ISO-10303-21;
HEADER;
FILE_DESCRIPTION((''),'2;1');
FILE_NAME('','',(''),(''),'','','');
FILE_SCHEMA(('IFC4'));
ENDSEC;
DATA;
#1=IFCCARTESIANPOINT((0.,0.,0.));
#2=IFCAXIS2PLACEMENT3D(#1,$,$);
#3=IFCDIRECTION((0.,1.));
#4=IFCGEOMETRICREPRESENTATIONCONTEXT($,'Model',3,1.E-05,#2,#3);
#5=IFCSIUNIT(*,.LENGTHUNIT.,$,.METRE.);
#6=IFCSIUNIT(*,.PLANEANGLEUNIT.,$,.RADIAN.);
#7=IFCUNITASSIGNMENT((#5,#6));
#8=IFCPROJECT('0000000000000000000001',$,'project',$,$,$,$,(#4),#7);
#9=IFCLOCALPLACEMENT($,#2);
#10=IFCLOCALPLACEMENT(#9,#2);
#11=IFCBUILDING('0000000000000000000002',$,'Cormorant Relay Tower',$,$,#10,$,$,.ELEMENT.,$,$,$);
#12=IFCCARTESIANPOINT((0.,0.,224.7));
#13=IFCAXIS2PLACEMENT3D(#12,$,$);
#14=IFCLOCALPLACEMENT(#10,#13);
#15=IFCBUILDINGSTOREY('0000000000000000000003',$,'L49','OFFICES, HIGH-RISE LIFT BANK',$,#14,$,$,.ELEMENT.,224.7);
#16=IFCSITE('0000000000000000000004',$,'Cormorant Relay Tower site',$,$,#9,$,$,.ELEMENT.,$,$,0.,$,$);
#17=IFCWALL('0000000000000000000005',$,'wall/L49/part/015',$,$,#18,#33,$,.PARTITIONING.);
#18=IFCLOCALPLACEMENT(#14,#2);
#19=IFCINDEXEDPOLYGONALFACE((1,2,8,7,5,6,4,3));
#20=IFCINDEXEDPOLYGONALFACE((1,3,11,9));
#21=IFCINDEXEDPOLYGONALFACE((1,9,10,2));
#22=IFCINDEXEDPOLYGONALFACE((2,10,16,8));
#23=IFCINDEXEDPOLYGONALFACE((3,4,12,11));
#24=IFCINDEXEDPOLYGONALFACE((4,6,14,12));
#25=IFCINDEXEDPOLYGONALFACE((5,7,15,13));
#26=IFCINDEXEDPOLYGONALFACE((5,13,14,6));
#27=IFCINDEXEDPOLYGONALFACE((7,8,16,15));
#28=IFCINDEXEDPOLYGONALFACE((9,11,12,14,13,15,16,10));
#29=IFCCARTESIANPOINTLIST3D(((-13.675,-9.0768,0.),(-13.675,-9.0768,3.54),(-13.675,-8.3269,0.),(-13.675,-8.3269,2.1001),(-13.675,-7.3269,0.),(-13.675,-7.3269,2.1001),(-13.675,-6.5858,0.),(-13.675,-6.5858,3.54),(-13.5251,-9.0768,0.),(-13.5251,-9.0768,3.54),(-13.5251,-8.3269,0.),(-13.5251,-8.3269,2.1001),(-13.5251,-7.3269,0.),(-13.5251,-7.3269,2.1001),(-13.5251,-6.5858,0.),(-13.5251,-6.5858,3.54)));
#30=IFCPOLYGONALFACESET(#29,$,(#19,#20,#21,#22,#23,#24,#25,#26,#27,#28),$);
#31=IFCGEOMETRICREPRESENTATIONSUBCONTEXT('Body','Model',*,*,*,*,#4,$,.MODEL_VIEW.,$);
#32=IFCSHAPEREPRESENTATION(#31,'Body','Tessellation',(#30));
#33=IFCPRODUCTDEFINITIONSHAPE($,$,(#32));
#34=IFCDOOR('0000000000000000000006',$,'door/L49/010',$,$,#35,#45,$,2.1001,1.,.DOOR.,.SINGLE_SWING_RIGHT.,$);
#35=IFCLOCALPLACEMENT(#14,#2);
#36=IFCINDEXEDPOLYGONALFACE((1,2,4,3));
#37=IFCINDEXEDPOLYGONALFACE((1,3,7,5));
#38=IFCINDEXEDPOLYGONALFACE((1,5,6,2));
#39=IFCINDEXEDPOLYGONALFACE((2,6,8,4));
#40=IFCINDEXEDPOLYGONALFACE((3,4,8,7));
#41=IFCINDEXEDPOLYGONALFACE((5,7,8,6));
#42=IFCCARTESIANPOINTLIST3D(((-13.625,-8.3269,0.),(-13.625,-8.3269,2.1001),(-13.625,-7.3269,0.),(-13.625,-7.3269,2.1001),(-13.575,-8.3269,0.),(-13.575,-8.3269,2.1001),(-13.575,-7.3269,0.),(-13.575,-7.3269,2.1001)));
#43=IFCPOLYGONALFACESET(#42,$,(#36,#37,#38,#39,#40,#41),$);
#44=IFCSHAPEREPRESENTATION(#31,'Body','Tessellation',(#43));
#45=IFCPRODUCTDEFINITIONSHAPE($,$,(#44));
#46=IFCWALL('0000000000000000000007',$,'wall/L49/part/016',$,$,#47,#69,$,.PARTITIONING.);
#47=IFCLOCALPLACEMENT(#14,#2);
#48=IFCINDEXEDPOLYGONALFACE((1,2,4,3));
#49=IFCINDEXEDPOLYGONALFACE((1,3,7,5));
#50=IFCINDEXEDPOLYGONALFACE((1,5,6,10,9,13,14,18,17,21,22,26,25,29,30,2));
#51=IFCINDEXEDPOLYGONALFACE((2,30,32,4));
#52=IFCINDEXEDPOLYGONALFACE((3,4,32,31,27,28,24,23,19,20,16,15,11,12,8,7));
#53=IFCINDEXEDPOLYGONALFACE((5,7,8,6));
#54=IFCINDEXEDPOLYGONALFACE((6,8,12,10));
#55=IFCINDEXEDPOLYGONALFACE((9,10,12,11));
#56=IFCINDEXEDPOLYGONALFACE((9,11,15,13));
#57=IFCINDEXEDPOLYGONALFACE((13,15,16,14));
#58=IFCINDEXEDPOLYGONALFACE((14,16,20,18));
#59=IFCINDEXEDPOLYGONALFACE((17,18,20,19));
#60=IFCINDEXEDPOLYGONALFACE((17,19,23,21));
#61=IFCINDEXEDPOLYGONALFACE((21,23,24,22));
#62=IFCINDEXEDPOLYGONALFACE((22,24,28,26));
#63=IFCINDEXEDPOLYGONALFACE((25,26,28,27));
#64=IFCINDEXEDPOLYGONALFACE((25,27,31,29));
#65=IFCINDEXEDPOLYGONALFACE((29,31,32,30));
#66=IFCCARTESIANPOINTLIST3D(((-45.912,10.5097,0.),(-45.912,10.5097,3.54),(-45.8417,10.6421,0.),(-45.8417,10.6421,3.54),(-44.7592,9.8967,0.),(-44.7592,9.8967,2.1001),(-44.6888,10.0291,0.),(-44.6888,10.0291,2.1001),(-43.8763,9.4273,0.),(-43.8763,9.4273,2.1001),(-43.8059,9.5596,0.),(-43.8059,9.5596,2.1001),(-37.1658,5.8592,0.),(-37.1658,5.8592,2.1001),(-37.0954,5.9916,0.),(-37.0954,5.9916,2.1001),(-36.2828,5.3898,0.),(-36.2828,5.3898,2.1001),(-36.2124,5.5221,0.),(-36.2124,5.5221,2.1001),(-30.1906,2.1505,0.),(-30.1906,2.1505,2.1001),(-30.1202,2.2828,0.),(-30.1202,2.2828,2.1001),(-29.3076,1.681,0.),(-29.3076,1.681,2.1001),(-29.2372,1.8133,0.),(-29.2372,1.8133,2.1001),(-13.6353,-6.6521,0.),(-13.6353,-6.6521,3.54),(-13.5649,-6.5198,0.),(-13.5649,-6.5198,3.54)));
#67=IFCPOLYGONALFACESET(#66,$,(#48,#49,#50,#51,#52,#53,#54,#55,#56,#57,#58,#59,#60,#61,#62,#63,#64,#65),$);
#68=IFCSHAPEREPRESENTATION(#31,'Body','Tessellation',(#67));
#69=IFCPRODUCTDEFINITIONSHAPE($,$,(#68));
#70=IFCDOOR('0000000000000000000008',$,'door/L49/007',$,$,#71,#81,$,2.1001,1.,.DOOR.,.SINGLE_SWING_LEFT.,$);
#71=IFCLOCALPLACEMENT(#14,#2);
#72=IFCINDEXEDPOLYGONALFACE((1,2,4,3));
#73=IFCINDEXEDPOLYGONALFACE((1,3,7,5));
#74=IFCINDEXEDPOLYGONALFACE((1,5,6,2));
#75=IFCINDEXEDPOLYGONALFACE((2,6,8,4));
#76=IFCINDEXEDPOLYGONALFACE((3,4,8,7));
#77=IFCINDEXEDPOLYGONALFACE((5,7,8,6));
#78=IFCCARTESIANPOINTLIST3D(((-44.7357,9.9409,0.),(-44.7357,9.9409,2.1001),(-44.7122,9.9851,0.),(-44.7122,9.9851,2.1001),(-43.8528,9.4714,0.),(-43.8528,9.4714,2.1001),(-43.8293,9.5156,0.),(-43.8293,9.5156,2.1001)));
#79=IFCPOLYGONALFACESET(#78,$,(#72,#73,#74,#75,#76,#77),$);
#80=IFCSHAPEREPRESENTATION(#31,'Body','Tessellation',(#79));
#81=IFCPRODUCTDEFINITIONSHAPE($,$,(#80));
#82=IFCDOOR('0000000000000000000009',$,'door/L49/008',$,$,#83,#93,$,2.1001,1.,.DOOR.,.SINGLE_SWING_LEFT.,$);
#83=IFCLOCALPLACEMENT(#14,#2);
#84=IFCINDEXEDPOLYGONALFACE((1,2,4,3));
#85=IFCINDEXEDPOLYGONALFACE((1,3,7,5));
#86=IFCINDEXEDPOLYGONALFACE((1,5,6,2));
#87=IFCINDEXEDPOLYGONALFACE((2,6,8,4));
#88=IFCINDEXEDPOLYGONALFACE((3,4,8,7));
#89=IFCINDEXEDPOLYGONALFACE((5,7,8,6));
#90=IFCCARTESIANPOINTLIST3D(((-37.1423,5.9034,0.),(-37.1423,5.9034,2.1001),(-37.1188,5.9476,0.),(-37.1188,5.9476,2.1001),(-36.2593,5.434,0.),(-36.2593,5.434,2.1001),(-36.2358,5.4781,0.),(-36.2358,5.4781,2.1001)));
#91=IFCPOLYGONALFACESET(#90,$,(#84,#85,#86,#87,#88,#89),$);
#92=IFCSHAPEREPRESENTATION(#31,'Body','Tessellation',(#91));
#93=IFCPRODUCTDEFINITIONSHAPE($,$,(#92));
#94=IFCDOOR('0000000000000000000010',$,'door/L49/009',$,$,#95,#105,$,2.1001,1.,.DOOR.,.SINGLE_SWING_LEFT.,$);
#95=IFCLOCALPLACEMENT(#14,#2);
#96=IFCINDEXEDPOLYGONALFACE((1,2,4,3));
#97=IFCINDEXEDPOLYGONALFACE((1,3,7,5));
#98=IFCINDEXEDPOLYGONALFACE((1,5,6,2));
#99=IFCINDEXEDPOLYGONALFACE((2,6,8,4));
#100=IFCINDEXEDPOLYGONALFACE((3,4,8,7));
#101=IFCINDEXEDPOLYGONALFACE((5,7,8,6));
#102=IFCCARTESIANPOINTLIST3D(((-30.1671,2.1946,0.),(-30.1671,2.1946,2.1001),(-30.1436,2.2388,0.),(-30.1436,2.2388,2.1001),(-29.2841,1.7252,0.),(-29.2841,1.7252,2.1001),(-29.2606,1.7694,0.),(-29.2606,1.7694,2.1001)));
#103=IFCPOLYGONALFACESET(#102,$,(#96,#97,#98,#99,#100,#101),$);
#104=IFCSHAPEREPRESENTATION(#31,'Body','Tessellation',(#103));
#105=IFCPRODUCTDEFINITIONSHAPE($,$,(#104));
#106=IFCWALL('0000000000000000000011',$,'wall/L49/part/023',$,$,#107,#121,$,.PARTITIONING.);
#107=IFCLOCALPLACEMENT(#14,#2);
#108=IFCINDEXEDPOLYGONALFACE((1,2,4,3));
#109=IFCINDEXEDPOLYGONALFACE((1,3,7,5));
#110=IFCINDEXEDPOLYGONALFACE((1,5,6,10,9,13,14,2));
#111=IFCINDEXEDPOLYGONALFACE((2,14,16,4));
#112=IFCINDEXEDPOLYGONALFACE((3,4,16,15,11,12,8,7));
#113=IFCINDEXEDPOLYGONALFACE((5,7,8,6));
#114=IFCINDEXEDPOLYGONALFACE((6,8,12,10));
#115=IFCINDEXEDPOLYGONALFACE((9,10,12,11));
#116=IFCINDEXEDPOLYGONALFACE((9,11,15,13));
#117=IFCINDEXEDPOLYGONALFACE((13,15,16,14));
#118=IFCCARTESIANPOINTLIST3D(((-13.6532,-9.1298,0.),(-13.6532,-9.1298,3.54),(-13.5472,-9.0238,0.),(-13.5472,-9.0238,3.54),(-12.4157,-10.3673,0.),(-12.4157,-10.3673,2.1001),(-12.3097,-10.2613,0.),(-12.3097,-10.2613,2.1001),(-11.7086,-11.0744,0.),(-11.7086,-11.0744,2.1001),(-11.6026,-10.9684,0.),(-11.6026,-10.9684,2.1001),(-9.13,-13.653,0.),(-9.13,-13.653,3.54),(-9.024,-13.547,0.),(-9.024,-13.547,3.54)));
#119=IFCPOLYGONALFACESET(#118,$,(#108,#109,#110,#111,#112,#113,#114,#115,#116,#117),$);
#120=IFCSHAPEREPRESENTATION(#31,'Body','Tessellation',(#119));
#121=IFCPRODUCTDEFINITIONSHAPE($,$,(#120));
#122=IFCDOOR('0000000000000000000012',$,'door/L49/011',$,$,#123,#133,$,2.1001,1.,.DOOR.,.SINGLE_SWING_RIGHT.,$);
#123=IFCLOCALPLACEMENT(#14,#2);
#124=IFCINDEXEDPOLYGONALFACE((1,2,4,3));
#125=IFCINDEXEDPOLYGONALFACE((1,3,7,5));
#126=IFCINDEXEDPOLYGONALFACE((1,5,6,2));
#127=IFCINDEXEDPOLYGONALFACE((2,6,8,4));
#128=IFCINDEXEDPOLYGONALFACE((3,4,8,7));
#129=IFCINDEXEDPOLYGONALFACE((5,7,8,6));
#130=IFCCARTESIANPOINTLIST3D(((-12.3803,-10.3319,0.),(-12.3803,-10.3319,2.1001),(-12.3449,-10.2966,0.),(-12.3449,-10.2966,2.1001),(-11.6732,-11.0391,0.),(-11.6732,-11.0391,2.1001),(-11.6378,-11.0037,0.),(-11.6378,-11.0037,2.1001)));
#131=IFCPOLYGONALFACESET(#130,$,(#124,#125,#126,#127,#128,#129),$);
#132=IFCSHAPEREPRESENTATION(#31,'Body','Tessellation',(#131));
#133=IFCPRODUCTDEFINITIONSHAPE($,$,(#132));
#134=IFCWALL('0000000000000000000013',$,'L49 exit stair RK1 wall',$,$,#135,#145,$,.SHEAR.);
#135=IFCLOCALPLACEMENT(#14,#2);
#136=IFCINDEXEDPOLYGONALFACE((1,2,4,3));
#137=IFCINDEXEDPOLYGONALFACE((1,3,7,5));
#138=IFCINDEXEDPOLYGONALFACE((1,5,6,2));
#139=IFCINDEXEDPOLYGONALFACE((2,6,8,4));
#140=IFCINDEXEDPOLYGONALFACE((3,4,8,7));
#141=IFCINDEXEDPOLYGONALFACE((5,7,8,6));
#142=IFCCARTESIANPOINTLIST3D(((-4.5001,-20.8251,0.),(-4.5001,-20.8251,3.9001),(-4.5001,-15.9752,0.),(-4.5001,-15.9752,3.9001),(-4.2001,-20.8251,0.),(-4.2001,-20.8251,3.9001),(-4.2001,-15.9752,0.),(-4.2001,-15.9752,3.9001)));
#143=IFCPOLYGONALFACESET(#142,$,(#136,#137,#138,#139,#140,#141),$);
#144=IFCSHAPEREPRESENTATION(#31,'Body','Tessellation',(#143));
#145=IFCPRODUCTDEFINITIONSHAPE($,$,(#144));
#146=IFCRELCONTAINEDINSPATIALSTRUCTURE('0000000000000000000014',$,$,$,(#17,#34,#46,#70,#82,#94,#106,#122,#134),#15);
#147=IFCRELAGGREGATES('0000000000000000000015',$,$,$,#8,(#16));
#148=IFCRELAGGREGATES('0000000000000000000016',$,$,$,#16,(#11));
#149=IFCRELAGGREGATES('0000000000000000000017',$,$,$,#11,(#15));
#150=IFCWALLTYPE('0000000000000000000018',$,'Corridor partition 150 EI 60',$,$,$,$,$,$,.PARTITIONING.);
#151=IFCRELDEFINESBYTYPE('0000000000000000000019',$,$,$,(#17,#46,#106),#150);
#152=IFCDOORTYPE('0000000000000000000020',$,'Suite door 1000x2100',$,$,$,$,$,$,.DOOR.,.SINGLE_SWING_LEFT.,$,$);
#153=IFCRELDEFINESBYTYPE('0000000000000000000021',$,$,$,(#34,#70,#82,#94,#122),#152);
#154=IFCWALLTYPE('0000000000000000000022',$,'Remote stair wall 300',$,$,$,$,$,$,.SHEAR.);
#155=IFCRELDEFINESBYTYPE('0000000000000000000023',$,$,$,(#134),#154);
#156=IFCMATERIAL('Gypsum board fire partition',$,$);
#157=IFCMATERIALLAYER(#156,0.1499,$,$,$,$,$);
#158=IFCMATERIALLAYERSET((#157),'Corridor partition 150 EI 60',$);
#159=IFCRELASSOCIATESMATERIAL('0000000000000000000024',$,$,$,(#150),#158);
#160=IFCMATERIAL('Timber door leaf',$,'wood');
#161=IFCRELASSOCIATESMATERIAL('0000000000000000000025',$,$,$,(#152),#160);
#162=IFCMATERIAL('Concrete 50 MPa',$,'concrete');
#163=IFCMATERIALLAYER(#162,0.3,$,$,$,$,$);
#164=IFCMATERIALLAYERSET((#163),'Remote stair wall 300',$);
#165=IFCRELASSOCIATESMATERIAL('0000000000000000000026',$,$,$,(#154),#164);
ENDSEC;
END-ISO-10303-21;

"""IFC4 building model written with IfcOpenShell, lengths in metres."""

from ifc_helpers import new_model, si_unit, direction, frame, frame_2d, origin, place, context, subcontext, project, spatial, rectangle, extrude, material, layer, layer_set, type_object, element, fill, save


model = new_model("IFC4")

# Units and contexts
model_context = context("Model", 3, precision=1e-05, world=origin(), true_north=direction((0.0, 1.0)))
body_context = subcontext(model_context, "Body", "Model", "MODEL_VIEW")
ifc_project = project(units=[si_unit("LENGTHUNIT", "METRE"), si_unit("PLANEANGLEUNIT", "RADIAN")], contexts=[model_context])

# Site, building, storey
site_placement = place(None, origin())
site = spatial("IfcSite", under=ifc_project, at=site_placement, Name="Cormorant Relay Tower site", CompositionType="ELEMENT", RefElevation=0.0)
building_placement = place(site_placement, origin())
building = spatial("IfcBuilding", under=site, at=building_placement, Name="Cormorant Relay Tower", CompositionType="ELEMENT")
storey_placement = place(building_placement, frame((0.0, 0.0, 224.7)))
storey = spatial("IfcBuildingStorey", under=building, at=storey_placement, Name="L49", Description="OFFICES, HIGH-RISE LIFT BANK", CompositionType="ELEMENT", Elevation=224.7)

# Wall, opening, door
ifc_material_1 = material(Name="Gypsum board fire partition")
ifc_layer_1 = layer(ifc_material_1, 0.1499)
ifc_layer_set_1 = layer_set([ifc_layer_1], Name="Corridor partition 150 EI 60")
wall_type_1 = type_object("IfcWallType", Name="Corridor partition 150 EI 60", PredefinedType="PARTITIONING", material=ifc_layer_set_1)
wall_1_placement = place(storey_placement, frame((-13.6001, -9.0769, 0.0), z_axis=(0.0, 0.0, 1.0), x_axis=(0.0, 1.0, 0.0)))
wall_1 = element("IfcWall", 1, at=wall_1_placement, inside=storey, type_object=wall_type_1, Name="wall/L49/part/015", PredefinedType="PARTITIONING", context=body_context, shape_type="SweptSolid", body=[
    extrude(rectangle(XDim=2.491, YDim=0.1499, at=frame_2d((1.2456, 0.0))), origin(), (0.0, 0.0, 1.0), 3.54),
])
opening_1_placement = place(wall_1_placement, frame((0.75, 0.0, 0.0)))
opening_1 = element("IfcOpeningElement", 2, at=opening_1_placement, cuts=wall_1, PredefinedType="OPENING", context=body_context, shape_type="SweptSolid", body=[
    extrude(rectangle(XDim=1.0, YDim=2.1001, at=frame_2d((0.5, 1.05))), frame((0.0, 0.085, 0.0), z_axis=(0.0, -1.0, 0.0), x_axis=(1.0, 0.0, 0.0)), (0.0, 0.0, 1.0), 0.1699),
])
ifc_material_2 = material(Name="Timber door leaf", Category="wood")
door_type_1 = type_object("IfcDoorType", Name="Suite door 1000x2100", OperationType="SINGLE_SWING_LEFT", PredefinedType="DOOR", material=ifc_material_2)
door_1_placement = place(opening_1_placement, origin())
door_1 = element("IfcDoor", 3, at=door_1_placement, inside=storey, type_object=door_type_1, Name="door/L49/010", OperationType="SINGLE_SWING_RIGHT", OverallHeight=2.1001, OverallWidth=1.0, PredefinedType="DOOR", context=body_context, shape_type="SweptSolid", body=[
    extrude(rectangle(XDim=1.0, YDim=2.1001, at=frame_2d((0.5, 1.05))), frame((0.0, 0.0249, 0.0), z_axis=(0.0, -1.0, 0.0), x_axis=(1.0, 0.0, 0.0)), (0.0, 0.0, 1.0), 0.05),
])
fill(opening_1, door_1)

# Wall, openings, doors
wall_2_placement = place(storey_placement, frame((-13.6001, -6.5859, 0.0), z_axis=(0.0, 0.0, 1.0), x_axis=(-0.882948, 0.469471, 0.0)))
wall_2 = element("IfcWall", 4, at=wall_2_placement, inside=storey, type_object=wall_type_1, Name="wall/L49/part/016", PredefinedType="PARTITIONING", context=body_context, shape_type="SweptSolid", body=[
    extrude(rectangle(XDim=36.5557, YDim=0.1499, at=frame_2d((18.2778, 0.0))), origin(), (0.0, 0.0, 1.0), 3.54),
])
opening_2_placement = place(wall_2_placement, frame((34.25, 0.0, 0.0)))
opening_2 = element("IfcOpeningElement", 5, at=opening_2_placement, cuts=wall_2, PredefinedType="OPENING", context=body_context, shape_type="SweptSolid", body=[
    extrude(rectangle(XDim=1.0, YDim=2.1001, at=frame_2d((0.5, 1.05))), frame((0.0, 0.085, 0.0), z_axis=(0.0, -1.0, 0.0), x_axis=(1.0, 0.0, 0.0)), (0.0, 0.0, 1.0), 0.1699),
])
opening_3_placement = place(wall_2_placement, frame((25.6499, 0.0, 0.0)))
opening_3 = element("IfcOpeningElement", 6, at=opening_3_placement, cuts=wall_2, PredefinedType="OPENING", context=body_context, shape_type="SweptSolid", body=[
    extrude(rectangle(XDim=1.0, YDim=2.1001, at=frame_2d((0.5, 1.05))), frame((0.0, 0.085, 0.0), z_axis=(0.0, -1.0, 0.0), x_axis=(1.0, 0.0, 0.0)), (0.0, 0.0, 1.0), 0.1699),
])
opening_4_placement = place(wall_2_placement, frame((17.75, 0.0, 0.0)))
opening_4 = element("IfcOpeningElement", 7, at=opening_4_placement, cuts=wall_2, PredefinedType="OPENING", context=body_context, shape_type="SweptSolid", body=[
    extrude(rectangle(XDim=1.0, YDim=2.1001, at=frame_2d((0.5, 1.05))), frame((0.0, 0.085, 0.0), z_axis=(0.0, -1.0, 0.0), x_axis=(1.0, 0.0, 0.0)), (0.0, 0.0, 1.0), 0.1699),
])
door_2_placement = place(opening_2_placement, origin())
door_2 = element("IfcDoor", 8, at=door_2_placement, inside=storey, type_object=door_type_1, Name="door/L49/007", OperationType="SINGLE_SWING_LEFT", OverallHeight=2.1001, OverallWidth=1.0, PredefinedType="DOOR", context=body_context, shape_type="SweptSolid", body=[
    extrude(rectangle(XDim=1.0, YDim=2.1001, at=frame_2d((0.5, 1.05))), frame((0.0, 0.0249, 0.0), z_axis=(0.0, -1.0, 0.0), x_axis=(1.0, 0.0, 0.0)), (0.0, 0.0, 1.0), 0.05),
])
fill(opening_2, door_2)
door_3_placement = place(opening_3_placement, origin())
door_3 = element("IfcDoor", 9, at=door_3_placement, inside=storey, type_object=door_type_1, Name="door/L49/008", OperationType="SINGLE_SWING_LEFT", OverallHeight=2.1001, OverallWidth=1.0, PredefinedType="DOOR", context=body_context, shape_type="SweptSolid", body=[
    extrude(rectangle(XDim=1.0, YDim=2.1001, at=frame_2d((0.5, 1.05))), frame((0.0, 0.0249, 0.0), z_axis=(0.0, -1.0, 0.0), x_axis=(1.0, 0.0, 0.0)), (0.0, 0.0, 1.0), 0.05),
])
fill(opening_3, door_3)
door_4_placement = place(opening_4_placement, origin())
door_4 = element("IfcDoor", 10, at=door_4_placement, inside=storey, type_object=door_type_1, Name="door/L49/009", OperationType="SINGLE_SWING_LEFT", OverallHeight=2.1001, OverallWidth=1.0, PredefinedType="DOOR", context=body_context, shape_type="SweptSolid", body=[
    extrude(rectangle(XDim=1.0, YDim=2.1001, at=frame_2d((0.5, 1.05))), frame((0.0, 0.0249, 0.0), z_axis=(0.0, -1.0, 0.0), x_axis=(1.0, 0.0, 0.0)), (0.0, 0.0, 1.0), 0.05),
])
fill(opening_4, door_4)

# Wall, opening, door
wall_3_placement = place(storey_placement, frame((-13.6001, -9.0769, 0.0), z_axis=(0.0, 0.0, 1.0), x_axis=(0.707107, -0.707107, 0.0)))
wall_3 = element("IfcWall", 11, at=wall_3_placement, inside=storey, type_object=wall_type_1, Name="wall/L49/part/023", PredefinedType="PARTITIONING", context=body_context, shape_type="SweptSolid", body=[
    extrude(rectangle(XDim=6.3967, YDim=0.1499, at=frame_2d((3.1982, 0.0))), origin(), (0.0, 0.0, 1.0), 3.54),
])
opening_5_placement = place(wall_3_placement, frame((1.75, 0.0, 0.0)))
opening_5 = element("IfcOpeningElement", 12, at=opening_5_placement, cuts=wall_3, PredefinedType="OPENING", context=body_context, shape_type="SweptSolid", body=[
    extrude(rectangle(XDim=1.0, YDim=2.1001, at=frame_2d((0.5, 1.05))), frame((0.0, 0.085, 0.0), z_axis=(0.0, -1.0, 0.0), x_axis=(1.0, 0.0, 0.0)), (0.0, 0.0, 1.0), 0.1699),
])
door_5_placement = place(opening_5_placement, frame((1.0, 0.0, 0.0), z_axis=(0.0, 0.0, 1.0), x_axis=(-1.0, 0.0, 0.0)))
door_5 = element("IfcDoor", 13, at=door_5_placement, inside=storey, type_object=door_type_1, Name="door/L49/011", OperationType="SINGLE_SWING_RIGHT", OverallHeight=2.1001, OverallWidth=1.0, PredefinedType="DOOR", context=body_context, shape_type="SweptSolid", body=[
    extrude(rectangle(XDim=1.0, YDim=2.1001, at=frame_2d((0.5, 1.05))), frame((0.0, 0.0249, 0.0), z_axis=(0.0, -1.0, 0.0), x_axis=(1.0, 0.0, 0.0)), (0.0, 0.0, 1.0), 0.05),
])
fill(opening_5, door_5)

# Wall
ifc_material_3 = material(Name="Concrete 50 MPa", Category="concrete")
ifc_layer_2 = layer(ifc_material_3, 0.3)
ifc_layer_set_2 = layer_set([ifc_layer_2], Name="Remote stair wall 300")
wall_type_2 = type_object("IfcWallType", Name="Remote stair wall 300", PredefinedType="SHEAR", material=ifc_layer_set_2)
wall_4_placement = place(storey_placement, frame((-4.3501, -20.825, 0.0), z_axis=(0.0, 0.0, 1.0), x_axis=(0.0, 1.0, 0.0)))
element("IfcWall", 14, at=wall_4_placement, inside=storey, type_object=wall_type_2, Name="L49 exit stair RK1 wall", PredefinedType="SHEAR", context=body_context, shape_type="SweptSolid", body=[
    extrude(rectangle(XDim=4.8499, YDim=0.3, at=frame_2d((2.4248, 0.0))), origin(), (0.0, 0.0, 1.0), 3.9001),
])

save(model, "model.ifc")
